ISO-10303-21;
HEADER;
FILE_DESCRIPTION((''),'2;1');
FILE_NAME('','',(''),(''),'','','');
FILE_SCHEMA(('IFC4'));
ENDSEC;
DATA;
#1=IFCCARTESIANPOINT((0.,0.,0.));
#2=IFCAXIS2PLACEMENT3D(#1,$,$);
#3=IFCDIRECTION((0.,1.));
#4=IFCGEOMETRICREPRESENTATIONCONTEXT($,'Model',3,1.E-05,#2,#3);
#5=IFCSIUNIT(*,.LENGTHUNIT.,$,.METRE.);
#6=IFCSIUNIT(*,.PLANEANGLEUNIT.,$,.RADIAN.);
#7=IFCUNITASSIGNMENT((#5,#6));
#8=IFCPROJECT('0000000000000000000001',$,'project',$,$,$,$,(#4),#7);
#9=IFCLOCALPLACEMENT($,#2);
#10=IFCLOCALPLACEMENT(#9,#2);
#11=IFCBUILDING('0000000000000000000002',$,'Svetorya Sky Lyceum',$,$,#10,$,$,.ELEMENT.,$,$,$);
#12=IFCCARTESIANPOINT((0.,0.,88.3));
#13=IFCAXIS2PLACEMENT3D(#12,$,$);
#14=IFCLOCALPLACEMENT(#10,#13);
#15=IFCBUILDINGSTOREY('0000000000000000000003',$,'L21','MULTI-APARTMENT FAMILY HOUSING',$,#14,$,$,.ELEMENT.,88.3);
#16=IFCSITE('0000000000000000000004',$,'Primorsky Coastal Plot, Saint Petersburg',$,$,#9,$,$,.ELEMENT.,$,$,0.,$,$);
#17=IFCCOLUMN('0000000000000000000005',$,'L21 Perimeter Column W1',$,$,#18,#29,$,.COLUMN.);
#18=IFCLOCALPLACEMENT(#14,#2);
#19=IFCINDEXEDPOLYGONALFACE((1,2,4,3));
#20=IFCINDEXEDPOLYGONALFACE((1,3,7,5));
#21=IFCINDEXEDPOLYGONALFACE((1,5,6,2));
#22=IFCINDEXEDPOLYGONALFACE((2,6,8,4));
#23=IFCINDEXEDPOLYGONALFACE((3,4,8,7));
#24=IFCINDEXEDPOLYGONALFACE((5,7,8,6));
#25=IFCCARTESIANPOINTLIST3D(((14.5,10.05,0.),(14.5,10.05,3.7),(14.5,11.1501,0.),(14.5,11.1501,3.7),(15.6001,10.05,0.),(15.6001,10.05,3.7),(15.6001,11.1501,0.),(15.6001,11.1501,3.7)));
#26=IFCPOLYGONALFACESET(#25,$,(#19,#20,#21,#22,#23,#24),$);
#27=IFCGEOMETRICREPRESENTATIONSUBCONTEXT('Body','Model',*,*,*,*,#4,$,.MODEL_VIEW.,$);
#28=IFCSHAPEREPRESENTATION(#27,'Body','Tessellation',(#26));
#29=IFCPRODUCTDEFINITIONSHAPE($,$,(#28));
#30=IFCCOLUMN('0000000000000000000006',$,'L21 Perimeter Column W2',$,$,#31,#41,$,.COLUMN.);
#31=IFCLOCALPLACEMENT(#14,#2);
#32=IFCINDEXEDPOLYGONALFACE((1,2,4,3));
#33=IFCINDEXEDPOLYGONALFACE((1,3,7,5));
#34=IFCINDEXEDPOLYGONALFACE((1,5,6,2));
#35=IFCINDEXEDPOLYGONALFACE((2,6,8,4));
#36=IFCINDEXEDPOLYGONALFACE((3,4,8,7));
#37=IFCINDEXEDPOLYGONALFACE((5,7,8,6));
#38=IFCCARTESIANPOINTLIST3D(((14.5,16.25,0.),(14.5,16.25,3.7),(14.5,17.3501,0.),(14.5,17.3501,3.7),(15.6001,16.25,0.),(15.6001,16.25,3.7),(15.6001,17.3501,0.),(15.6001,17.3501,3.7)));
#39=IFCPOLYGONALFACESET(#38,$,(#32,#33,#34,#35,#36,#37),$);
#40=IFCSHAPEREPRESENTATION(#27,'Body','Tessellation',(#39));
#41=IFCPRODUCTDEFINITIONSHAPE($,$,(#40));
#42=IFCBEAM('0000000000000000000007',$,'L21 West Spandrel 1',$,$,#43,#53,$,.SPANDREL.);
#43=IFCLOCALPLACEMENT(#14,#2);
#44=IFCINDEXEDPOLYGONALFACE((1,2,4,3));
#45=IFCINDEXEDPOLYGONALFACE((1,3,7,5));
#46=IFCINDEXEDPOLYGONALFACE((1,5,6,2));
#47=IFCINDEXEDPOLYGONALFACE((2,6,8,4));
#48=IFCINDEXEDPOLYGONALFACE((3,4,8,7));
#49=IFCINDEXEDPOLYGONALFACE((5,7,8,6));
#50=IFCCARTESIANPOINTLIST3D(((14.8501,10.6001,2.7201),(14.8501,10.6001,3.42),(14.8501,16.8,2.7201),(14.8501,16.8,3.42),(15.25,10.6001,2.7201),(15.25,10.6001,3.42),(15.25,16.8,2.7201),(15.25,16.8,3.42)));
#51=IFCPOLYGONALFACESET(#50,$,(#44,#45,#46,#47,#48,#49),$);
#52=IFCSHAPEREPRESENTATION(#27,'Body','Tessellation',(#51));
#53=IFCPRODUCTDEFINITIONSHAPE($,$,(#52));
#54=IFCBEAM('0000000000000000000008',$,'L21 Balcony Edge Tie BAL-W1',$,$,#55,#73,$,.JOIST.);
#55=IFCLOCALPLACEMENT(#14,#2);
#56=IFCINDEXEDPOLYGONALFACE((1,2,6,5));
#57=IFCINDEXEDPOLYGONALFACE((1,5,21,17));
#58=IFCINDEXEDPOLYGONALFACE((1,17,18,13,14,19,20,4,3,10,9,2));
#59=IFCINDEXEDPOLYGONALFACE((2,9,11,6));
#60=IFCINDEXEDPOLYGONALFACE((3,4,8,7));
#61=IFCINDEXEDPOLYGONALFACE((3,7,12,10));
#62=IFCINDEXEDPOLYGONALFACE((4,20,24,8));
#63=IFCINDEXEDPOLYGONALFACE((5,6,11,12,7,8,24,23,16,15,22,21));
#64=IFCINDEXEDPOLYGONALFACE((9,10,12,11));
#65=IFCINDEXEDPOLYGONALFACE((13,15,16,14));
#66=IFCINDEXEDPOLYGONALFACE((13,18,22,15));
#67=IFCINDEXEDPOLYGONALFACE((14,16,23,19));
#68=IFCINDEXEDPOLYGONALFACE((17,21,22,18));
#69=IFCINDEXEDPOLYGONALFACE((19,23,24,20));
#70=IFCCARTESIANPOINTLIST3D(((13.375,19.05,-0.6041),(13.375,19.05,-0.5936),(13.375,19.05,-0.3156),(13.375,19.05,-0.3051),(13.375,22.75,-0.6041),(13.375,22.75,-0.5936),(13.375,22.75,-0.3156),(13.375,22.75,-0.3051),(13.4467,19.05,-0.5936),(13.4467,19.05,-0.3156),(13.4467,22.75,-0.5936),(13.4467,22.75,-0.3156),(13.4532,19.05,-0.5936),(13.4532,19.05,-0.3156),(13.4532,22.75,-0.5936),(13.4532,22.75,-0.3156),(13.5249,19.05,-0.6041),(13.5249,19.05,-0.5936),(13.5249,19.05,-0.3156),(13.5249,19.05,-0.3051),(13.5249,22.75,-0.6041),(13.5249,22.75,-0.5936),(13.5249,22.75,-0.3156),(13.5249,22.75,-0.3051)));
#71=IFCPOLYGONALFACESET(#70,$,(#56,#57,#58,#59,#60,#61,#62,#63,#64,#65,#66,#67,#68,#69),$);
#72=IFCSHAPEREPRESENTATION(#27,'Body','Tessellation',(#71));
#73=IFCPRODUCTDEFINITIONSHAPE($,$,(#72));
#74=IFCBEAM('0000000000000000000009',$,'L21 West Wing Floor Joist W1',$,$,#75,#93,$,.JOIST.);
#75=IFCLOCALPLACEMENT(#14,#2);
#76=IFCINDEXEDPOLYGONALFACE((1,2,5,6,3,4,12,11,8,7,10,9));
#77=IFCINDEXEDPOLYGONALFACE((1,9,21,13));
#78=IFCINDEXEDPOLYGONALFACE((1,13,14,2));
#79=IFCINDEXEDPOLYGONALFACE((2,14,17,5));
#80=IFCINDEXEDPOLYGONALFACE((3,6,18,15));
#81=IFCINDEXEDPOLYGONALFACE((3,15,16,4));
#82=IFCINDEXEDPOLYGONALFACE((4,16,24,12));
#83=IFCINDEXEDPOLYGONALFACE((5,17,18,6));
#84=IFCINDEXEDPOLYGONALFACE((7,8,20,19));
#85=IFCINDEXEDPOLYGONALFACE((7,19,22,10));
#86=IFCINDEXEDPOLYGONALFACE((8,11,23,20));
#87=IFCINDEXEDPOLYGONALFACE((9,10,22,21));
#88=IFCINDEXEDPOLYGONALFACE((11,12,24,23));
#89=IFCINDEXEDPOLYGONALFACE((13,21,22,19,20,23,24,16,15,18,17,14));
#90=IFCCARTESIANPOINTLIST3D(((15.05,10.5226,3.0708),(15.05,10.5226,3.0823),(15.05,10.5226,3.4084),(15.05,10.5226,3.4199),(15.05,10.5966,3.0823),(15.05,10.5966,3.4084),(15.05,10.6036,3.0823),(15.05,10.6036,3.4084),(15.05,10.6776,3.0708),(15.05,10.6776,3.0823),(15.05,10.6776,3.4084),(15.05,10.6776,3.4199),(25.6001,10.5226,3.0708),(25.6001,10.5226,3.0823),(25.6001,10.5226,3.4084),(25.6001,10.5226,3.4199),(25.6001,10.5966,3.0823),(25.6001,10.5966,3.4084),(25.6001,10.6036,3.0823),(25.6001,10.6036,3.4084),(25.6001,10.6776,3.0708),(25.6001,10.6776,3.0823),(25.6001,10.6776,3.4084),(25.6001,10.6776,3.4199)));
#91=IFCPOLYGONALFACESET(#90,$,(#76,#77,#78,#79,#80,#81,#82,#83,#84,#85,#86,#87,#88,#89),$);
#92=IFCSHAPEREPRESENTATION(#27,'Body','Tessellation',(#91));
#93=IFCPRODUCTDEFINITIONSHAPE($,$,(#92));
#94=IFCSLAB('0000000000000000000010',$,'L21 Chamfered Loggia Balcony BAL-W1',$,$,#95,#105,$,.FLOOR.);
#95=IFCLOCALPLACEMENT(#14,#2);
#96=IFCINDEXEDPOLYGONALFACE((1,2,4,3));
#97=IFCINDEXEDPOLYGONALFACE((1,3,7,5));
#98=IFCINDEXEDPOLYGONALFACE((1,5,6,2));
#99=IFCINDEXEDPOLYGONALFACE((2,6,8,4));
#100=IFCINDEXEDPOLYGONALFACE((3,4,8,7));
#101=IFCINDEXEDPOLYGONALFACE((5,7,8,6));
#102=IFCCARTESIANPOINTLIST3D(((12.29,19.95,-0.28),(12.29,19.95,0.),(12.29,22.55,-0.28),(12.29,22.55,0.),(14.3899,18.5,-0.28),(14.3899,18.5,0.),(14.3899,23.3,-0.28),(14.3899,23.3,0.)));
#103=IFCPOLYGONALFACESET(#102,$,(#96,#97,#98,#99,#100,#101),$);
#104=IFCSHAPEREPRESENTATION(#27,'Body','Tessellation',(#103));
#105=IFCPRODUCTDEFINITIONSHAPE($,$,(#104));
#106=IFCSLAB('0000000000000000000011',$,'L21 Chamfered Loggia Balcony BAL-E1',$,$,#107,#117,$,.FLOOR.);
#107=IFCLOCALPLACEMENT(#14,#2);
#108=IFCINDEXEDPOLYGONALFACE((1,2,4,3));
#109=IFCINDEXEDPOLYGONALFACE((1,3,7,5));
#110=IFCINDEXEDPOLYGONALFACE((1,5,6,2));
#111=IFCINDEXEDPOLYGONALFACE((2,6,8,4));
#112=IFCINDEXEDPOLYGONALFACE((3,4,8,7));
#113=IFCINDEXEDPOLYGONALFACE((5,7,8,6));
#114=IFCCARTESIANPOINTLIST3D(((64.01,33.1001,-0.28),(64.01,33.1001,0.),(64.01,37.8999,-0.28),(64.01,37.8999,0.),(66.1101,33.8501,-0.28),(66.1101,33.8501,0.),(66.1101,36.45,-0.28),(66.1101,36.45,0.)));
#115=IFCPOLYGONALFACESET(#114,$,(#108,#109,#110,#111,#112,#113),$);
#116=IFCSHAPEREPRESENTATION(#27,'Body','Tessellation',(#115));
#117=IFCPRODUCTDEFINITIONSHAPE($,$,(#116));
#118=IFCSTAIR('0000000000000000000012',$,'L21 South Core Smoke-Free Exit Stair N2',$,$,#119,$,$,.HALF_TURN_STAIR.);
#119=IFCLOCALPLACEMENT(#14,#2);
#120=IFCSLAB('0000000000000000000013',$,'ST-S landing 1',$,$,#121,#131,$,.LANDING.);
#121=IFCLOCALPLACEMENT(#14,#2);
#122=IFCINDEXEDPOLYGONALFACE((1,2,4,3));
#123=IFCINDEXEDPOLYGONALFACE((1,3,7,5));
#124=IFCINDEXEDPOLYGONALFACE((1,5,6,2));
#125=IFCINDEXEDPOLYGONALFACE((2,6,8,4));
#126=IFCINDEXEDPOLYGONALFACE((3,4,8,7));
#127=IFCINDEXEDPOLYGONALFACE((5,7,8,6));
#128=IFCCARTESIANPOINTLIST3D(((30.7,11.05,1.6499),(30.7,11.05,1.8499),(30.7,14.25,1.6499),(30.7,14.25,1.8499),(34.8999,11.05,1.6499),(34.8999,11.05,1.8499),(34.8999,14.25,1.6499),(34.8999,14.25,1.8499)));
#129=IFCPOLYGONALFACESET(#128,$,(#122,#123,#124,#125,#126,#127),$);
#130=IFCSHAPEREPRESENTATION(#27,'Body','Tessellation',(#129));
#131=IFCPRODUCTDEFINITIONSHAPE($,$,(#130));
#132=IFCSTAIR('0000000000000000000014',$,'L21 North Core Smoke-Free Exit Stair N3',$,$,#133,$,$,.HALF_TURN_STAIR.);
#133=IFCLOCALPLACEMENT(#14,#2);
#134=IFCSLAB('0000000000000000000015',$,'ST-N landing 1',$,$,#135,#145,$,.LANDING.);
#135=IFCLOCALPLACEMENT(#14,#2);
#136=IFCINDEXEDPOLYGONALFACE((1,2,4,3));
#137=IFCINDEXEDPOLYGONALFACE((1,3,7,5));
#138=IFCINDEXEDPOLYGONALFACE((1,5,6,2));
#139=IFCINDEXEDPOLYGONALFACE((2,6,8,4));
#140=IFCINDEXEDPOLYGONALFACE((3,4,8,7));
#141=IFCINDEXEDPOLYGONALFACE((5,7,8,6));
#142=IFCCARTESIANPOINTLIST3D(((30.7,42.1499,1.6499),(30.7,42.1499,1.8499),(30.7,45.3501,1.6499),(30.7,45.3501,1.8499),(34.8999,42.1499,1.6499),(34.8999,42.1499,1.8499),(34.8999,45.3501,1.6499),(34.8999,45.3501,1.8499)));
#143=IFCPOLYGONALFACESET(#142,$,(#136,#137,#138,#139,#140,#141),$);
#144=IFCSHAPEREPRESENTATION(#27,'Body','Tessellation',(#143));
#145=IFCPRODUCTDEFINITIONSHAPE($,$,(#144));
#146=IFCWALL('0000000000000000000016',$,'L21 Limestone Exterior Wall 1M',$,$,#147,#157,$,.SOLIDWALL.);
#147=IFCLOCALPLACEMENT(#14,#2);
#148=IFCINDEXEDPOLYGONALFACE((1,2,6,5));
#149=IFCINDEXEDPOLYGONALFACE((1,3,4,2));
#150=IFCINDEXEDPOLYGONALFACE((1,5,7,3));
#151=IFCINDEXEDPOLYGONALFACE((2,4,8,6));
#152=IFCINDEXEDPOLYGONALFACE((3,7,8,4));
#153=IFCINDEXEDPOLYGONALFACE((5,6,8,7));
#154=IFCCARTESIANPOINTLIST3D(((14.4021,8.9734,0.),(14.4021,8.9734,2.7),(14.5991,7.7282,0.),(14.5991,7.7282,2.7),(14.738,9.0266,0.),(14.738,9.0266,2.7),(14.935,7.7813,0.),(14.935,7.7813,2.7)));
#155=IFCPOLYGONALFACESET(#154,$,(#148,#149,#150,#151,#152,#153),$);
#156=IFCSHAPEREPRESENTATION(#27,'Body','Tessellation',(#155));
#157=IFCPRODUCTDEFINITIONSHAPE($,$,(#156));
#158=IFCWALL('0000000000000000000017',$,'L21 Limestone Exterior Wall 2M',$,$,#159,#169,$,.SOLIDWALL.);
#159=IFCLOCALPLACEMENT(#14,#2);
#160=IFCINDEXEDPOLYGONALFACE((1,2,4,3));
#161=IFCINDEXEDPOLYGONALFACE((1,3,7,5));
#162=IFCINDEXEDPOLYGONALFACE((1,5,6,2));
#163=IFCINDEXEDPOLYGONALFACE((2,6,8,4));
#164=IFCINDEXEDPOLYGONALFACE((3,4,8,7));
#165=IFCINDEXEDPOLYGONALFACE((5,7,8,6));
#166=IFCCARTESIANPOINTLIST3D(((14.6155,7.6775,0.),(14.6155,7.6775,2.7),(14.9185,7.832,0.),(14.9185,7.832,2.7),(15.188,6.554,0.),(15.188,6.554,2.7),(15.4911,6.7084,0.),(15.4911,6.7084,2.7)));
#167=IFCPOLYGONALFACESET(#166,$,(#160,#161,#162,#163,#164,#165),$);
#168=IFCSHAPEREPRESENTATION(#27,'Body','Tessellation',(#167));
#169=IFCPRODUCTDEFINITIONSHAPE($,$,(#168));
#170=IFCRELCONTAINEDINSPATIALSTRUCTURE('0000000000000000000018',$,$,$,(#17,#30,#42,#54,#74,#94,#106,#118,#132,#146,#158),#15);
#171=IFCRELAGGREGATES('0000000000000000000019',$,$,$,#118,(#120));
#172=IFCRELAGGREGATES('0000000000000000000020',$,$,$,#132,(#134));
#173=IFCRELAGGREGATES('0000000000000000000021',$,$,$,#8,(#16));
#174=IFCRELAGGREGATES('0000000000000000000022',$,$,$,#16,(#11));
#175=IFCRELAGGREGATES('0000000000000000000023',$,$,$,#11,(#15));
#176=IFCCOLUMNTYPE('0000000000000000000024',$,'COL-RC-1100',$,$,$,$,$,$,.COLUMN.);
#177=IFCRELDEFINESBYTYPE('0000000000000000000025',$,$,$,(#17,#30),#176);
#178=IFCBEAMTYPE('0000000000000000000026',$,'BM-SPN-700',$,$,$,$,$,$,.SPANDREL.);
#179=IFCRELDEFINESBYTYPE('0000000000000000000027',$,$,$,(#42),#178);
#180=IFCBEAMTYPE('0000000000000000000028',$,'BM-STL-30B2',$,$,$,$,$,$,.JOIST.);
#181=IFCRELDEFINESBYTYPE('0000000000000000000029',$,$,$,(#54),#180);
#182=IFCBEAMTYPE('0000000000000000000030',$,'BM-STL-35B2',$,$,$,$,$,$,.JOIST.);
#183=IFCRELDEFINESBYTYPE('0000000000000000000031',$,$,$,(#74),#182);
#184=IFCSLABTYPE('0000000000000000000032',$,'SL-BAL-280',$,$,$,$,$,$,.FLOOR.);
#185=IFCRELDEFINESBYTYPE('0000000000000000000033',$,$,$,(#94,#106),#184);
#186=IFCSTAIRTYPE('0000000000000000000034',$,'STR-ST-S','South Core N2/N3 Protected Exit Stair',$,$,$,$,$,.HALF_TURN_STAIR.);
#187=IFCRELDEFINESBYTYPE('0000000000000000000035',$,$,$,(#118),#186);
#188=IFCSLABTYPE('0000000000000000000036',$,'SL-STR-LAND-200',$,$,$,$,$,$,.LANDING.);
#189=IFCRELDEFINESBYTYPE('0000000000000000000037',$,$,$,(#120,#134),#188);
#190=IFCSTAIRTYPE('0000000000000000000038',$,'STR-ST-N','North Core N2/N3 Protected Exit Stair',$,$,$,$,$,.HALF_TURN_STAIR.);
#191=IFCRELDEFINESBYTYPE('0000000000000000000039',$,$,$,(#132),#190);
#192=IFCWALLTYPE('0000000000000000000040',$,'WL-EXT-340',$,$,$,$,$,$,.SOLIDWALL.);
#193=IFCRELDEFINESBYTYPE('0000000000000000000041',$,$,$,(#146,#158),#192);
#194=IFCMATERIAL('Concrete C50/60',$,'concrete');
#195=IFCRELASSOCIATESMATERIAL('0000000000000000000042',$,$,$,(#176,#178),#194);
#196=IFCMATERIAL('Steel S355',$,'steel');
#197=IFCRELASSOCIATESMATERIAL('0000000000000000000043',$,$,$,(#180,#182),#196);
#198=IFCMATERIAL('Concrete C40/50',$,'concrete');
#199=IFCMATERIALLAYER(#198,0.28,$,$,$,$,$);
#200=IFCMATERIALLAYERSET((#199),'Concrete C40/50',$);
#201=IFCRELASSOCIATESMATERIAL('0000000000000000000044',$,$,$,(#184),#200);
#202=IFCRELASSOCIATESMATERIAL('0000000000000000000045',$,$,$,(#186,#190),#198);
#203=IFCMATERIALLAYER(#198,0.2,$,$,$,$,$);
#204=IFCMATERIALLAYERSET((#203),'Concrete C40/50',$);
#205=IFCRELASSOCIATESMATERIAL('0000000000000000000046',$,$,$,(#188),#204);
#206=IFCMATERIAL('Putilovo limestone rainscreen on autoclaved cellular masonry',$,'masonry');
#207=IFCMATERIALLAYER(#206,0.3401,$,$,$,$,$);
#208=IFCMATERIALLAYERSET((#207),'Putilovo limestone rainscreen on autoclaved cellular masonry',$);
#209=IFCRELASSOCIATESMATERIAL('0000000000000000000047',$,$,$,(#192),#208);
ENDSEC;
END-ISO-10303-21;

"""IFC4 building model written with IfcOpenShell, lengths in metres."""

from ifc_helpers import new_model, si_unit, direction, frame, frame_2d, origin, origin_2d, place, context, subcontext, project, spatial, polyline, rectangle, i_section, outline, extrude, material, layer, layer_set, material_profile, profile_set, type_object, element, aggregate, save


model = new_model("IFC4")

# Units and contexts
model_context = context("Model", 3, precision=1e-05, world=origin(), true_north=direction((0.0, 1.0)))
body_context = subcontext(model_context, "Body", "Model", "MODEL_VIEW")
ifc_project = project(units=[si_unit("LENGTHUNIT", "METRE"), si_unit("PLANEANGLEUNIT", "RADIAN")], contexts=[model_context])

# Site, building, storey
site_placement = place(None, origin())
site = spatial("IfcSite", under=ifc_project, at=site_placement, Name="Primorsky Coastal Plot, Saint Petersburg", CompositionType="ELEMENT", RefElevation=0.0)
building_placement = place(site_placement, origin())
building = spatial("IfcBuilding", under=site, at=building_placement, Name="Svetorya Sky Lyceum", CompositionType="ELEMENT")
storey_placement = place(building_placement, frame((0.0, 0.0, 88.3)))
storey = spatial("IfcBuildingStorey", under=building, at=storey_placement, Name="L21", Description="MULTI-APARTMENT FAMILY HOUSING", CompositionType="ELEMENT", Elevation=88.3)

# Columns
ifc_material_1 = material(Name="Concrete C50/60", Category="concrete")
ifc_material_profile_1 = material_profile(ifc_material_1, rectangle(XDim=1.1001, YDim=1.1001, at=origin_2d()), Name="RC COL 1100x1100")
ifc_profile_set_1 = profile_set([ifc_material_profile_1], Name="Concrete C50/60")
column_type = type_object("IfcColumnType", Name="COL-RC-1100", PredefinedType="COLUMN", material=ifc_profile_set_1)
for number, where, z_axis, x_axis, name in (
    (1, (15.05, 10.6001, 0.0), (0.0, 0.0, 1.0), (1.0, 0.0, 0.0), "L21 Perimeter Column W1"),
    (2, (15.05, 16.8, 0.0), (0.0, 0.0, 1.0), (1.0, 0.0, 0.0), "L21 Perimeter Column W2"),
):
    element("IfcColumn", number, at=place(storey_placement, frame(where, z_axis=z_axis, x_axis=x_axis)), inside=storey, type_object=column_type, Name=name, PredefinedType="COLUMN", context=body_context, shape_type="SweptSolid", body=[
        extrude(rectangle(XDim=1.1001, YDim=1.1001, at=origin_2d()), origin(), (0.0, 0.0, 1.0), 3.7),
    ])

# Beams
ifc_material_profile_2 = material_profile(ifc_material_1, rectangle(XDim=0.3999, YDim=0.7, at=origin_2d()), Name="RC SPANDREL 400x700")
ifc_profile_set_2 = profile_set([ifc_material_profile_2], Name="Concrete C50/60")
beam_type_1 = type_object("IfcBeamType", Name="BM-SPN-700", PredefinedType="SPANDREL", material=ifc_profile_set_2)
beam_1_placement = place(storey_placement, frame((15.05, 10.6001, 3.0701), z_axis=(0.0, 1.0, 0.0), x_axis=(-1.0, 0.0, 0.0)))
element("IfcBeam", 3, at=beam_1_placement, inside=storey, type_object=beam_type_1, Name="L21 West Spandrel 1", PredefinedType="SPANDREL", context=body_context, shape_type="SweptSolid", body=[
    extrude(rectangle(XDim=0.3999, YDim=0.7, at=origin_2d()), origin(), (0.0, 0.0, 1.0), 6.2),
])
ifc_material_2 = material(Name="Steel S355", Category="steel")
ifc_material_profile_3 = material_profile(ifc_material_2, i_section(OverallWidth=0.1499, OverallDepth=0.2991, WebThickness=0.0066, FlangeThickness=0.0105, at=origin_2d()), Name="GOST 30B2")
ifc_profile_set_3 = profile_set([ifc_material_profile_3], Name="Steel S355")
beam_type_2 = type_object("IfcBeamType", Name="BM-STL-30B2", PredefinedType="JOIST", material=ifc_profile_set_3)
beam_2_placement = place(storey_placement, frame((13.45, 19.05, -0.4546), z_axis=(0.0, 1.0, 0.0), x_axis=(-1.0, 0.0, 0.0)))
element("IfcBeam", 4, at=beam_2_placement, inside=storey, type_object=beam_type_2, Name="L21 Balcony Edge Tie BAL-W1", PredefinedType="JOIST", context=body_context, shape_type="SweptSolid", body=[
    extrude(i_section(OverallWidth=0.1499, OverallDepth=0.2991, WebThickness=0.0066, FlangeThickness=0.0105, at=origin_2d()), origin(), (0.0, 0.0, 1.0), 3.7),
])
ifc_material_profile_4 = material_profile(ifc_material_2, i_section(OverallWidth=0.155, OverallDepth=0.3491, WebThickness=0.0071, FlangeThickness=0.0115, at=origin_2d()), Name="GOST 35B2")
ifc_profile_set_4 = profile_set([ifc_material_profile_4], Name="Steel S355")
beam_type_3 = type_object("IfcBeamType", Name="BM-STL-35B2", PredefinedType="JOIST", material=ifc_profile_set_4)
beam_3_placement = place(storey_placement, frame((15.05, 10.6001, 3.2454), z_axis=(1.0, 0.0, 0.0), x_axis=(0.0, 1.0, 0.0)))
element("IfcBeam", 5, at=beam_3_placement, inside=storey, type_object=beam_type_3, Name="L21 West Wing Floor Joist W1", PredefinedType="JOIST", context=body_context, shape_type="SweptSolid", body=[
    extrude(i_section(OverallWidth=0.155, OverallDepth=0.3491, WebThickness=0.0071, FlangeThickness=0.0115, at=origin_2d()), origin(), (0.0, 0.0, 1.0), 10.55),
])

# Slabs
ifc_material_3 = material(Name="Concrete C40/50", Category="concrete")
ifc_layer_1 = layer(ifc_material_3, 0.28)
ifc_layer_set_1 = layer_set([ifc_layer_1], Name="Concrete C40/50")
slab_type_1 = type_object("IfcSlabType", Name="SL-BAL-280", PredefinedType="FLOOR", material=ifc_layer_set_1)
slab_1_placement = place(storey_placement, frame((0.0, 0.0, -0.28)))
element("IfcSlab", 6, at=slab_1_placement, inside=storey, type_object=slab_type_1, Name="L21 Chamfered Loggia Balcony BAL-W1", PredefinedType="FLOOR", context=body_context, shape_type="SweptSolid", body=[
    extrude(outline(polyline([(14.3899, 18.5), (14.3899, 23.3), (12.29, 22.55), (12.29, 19.95), (14.3899, 18.5)])), origin(), (0.0, 0.0, 1.0), 0.28),
])
slab_2_placement = place(storey_placement, frame((0.0, 0.0, -0.28)))
element("IfcSlab", 7, at=slab_2_placement, inside=storey, type_object=slab_type_1, Name="L21 Chamfered Loggia Balcony BAL-E1", PredefinedType="FLOOR", context=body_context, shape_type="SweptSolid", body=[
    extrude(outline(polyline([(64.01, 33.1001), (66.1101, 33.8501), (66.1101, 36.45), (64.01, 37.8999), (64.01, 33.1001)])), origin(), (0.0, 0.0, 1.0), 0.28),
])

# Stairs, slabs
stair_type_1 = type_object("IfcStairType", Name="STR-ST-S", Description="South Core N2/N3 Protected Exit Stair", PredefinedType="HALF_TURN_STAIR", material=ifc_material_3)
stair_1_placement = place(storey_placement, origin())
stair_1 = element("IfcStair", 8, at=stair_1_placement, inside=storey, type_object=stair_type_1, Name="L21 South Core Smoke-Free Exit Stair N2", PredefinedType="HALF_TURN_STAIR")
ifc_layer_2 = layer(ifc_material_3, 0.2)
ifc_layer_set_2 = layer_set([ifc_layer_2], Name="Concrete C40/50")
slab_type_2 = type_object("IfcSlabType", Name="SL-STR-LAND-200", PredefinedType="LANDING", material=ifc_layer_set_2)
slab_3_placement = place(storey_placement, frame((0.0, 0.0, 1.6499)))
slab_3 = element("IfcSlab", 9, at=slab_3_placement, type_object=slab_type_2, Name="ST-S landing 1", PredefinedType="LANDING", context=body_context, shape_type="SweptSolid", body=[
    extrude(outline(polyline([(30.7, 11.05), (34.8999, 11.05), (34.8999, 14.25), (30.7, 14.25), (30.7, 11.05)])), origin(), (0.0, 0.0, 1.0), 0.2),
])
aggregate(stair_1, [slab_3])
stair_type_2 = type_object("IfcStairType", Name="STR-ST-N", Description="North Core N2/N3 Protected Exit Stair", PredefinedType="HALF_TURN_STAIR", material=ifc_material_3)
stair_2_placement = place(storey_placement, origin())
stair_2 = element("IfcStair", 10, at=stair_2_placement, inside=storey, type_object=stair_type_2, Name="L21 North Core Smoke-Free Exit Stair N3", PredefinedType="HALF_TURN_STAIR")
slab_4_placement = place(storey_placement, frame((0.0, 0.0, 1.6499)))
slab_4 = element("IfcSlab", 11, at=slab_4_placement, type_object=slab_type_2, Name="ST-N landing 1", PredefinedType="LANDING", context=body_context, shape_type="SweptSolid", body=[
    extrude(outline(polyline([(30.7, 42.1499), (34.8999, 42.1499), (34.8999, 45.3501), (30.7, 45.3501), (30.7, 42.1499)])), origin(), (0.0, 0.0, 1.0), 0.2),
])
aggregate(stair_2, [slab_4])

# Walls
ifc_material_4 = material(Name="Putilovo limestone rainscreen on autoclaved cellular masonry", Category="masonry")
ifc_layer_3 = layer(ifc_material_4, 0.3401)
ifc_layer_set_3 = layer_set([ifc_layer_3], Name="Putilovo limestone rainscreen on autoclaved cellular masonry")
wall_type_1 = type_object("IfcWallType", Name="WL-EXT-340", PredefinedType="SOLIDWALL", material=ifc_layer_set_3)
wall_1_placement = place(storey_placement, frame((14.5701, 9.0, 0.0), z_axis=(0.0, 0.0, 1.0), x_axis=(0.156261, -0.987716, 0.0)))
element("IfcWall", 12, at=wall_1_placement, inside=storey, type_object=wall_type_1, Name="L21 Limestone Exterior Wall 1M", PredefinedType="SOLIDWALL", context=body_context, shape_type="SweptSolid", body=[
    extrude(rectangle(XDim=1.2607, YDim=0.3401, at=frame_2d((0.6304, 0.0))), origin(), (0.0, 0.0, 1.0), 2.7),
])
wall_2_placement = place(storey_placement, frame((14.7671, 7.7546, 0.0), z_axis=(0.0, 0.0, 1.0), x_axis=(0.454016, -0.890994, 0.0)))
element("IfcWall", 13, at=wall_2_placement, inside=storey, type_object=wall_type_1, Name="L21 Limestone Exterior Wall 2M", PredefinedType="SOLIDWALL", context=body_context, shape_type="SweptSolid", body=[
    extrude(rectangle(XDim=1.261, YDim=0.3401, at=frame_2d((0.6304, 0.0))), origin(), (0.0, 0.0, 1.0), 2.7),
])

save(model, "model.ifc")
